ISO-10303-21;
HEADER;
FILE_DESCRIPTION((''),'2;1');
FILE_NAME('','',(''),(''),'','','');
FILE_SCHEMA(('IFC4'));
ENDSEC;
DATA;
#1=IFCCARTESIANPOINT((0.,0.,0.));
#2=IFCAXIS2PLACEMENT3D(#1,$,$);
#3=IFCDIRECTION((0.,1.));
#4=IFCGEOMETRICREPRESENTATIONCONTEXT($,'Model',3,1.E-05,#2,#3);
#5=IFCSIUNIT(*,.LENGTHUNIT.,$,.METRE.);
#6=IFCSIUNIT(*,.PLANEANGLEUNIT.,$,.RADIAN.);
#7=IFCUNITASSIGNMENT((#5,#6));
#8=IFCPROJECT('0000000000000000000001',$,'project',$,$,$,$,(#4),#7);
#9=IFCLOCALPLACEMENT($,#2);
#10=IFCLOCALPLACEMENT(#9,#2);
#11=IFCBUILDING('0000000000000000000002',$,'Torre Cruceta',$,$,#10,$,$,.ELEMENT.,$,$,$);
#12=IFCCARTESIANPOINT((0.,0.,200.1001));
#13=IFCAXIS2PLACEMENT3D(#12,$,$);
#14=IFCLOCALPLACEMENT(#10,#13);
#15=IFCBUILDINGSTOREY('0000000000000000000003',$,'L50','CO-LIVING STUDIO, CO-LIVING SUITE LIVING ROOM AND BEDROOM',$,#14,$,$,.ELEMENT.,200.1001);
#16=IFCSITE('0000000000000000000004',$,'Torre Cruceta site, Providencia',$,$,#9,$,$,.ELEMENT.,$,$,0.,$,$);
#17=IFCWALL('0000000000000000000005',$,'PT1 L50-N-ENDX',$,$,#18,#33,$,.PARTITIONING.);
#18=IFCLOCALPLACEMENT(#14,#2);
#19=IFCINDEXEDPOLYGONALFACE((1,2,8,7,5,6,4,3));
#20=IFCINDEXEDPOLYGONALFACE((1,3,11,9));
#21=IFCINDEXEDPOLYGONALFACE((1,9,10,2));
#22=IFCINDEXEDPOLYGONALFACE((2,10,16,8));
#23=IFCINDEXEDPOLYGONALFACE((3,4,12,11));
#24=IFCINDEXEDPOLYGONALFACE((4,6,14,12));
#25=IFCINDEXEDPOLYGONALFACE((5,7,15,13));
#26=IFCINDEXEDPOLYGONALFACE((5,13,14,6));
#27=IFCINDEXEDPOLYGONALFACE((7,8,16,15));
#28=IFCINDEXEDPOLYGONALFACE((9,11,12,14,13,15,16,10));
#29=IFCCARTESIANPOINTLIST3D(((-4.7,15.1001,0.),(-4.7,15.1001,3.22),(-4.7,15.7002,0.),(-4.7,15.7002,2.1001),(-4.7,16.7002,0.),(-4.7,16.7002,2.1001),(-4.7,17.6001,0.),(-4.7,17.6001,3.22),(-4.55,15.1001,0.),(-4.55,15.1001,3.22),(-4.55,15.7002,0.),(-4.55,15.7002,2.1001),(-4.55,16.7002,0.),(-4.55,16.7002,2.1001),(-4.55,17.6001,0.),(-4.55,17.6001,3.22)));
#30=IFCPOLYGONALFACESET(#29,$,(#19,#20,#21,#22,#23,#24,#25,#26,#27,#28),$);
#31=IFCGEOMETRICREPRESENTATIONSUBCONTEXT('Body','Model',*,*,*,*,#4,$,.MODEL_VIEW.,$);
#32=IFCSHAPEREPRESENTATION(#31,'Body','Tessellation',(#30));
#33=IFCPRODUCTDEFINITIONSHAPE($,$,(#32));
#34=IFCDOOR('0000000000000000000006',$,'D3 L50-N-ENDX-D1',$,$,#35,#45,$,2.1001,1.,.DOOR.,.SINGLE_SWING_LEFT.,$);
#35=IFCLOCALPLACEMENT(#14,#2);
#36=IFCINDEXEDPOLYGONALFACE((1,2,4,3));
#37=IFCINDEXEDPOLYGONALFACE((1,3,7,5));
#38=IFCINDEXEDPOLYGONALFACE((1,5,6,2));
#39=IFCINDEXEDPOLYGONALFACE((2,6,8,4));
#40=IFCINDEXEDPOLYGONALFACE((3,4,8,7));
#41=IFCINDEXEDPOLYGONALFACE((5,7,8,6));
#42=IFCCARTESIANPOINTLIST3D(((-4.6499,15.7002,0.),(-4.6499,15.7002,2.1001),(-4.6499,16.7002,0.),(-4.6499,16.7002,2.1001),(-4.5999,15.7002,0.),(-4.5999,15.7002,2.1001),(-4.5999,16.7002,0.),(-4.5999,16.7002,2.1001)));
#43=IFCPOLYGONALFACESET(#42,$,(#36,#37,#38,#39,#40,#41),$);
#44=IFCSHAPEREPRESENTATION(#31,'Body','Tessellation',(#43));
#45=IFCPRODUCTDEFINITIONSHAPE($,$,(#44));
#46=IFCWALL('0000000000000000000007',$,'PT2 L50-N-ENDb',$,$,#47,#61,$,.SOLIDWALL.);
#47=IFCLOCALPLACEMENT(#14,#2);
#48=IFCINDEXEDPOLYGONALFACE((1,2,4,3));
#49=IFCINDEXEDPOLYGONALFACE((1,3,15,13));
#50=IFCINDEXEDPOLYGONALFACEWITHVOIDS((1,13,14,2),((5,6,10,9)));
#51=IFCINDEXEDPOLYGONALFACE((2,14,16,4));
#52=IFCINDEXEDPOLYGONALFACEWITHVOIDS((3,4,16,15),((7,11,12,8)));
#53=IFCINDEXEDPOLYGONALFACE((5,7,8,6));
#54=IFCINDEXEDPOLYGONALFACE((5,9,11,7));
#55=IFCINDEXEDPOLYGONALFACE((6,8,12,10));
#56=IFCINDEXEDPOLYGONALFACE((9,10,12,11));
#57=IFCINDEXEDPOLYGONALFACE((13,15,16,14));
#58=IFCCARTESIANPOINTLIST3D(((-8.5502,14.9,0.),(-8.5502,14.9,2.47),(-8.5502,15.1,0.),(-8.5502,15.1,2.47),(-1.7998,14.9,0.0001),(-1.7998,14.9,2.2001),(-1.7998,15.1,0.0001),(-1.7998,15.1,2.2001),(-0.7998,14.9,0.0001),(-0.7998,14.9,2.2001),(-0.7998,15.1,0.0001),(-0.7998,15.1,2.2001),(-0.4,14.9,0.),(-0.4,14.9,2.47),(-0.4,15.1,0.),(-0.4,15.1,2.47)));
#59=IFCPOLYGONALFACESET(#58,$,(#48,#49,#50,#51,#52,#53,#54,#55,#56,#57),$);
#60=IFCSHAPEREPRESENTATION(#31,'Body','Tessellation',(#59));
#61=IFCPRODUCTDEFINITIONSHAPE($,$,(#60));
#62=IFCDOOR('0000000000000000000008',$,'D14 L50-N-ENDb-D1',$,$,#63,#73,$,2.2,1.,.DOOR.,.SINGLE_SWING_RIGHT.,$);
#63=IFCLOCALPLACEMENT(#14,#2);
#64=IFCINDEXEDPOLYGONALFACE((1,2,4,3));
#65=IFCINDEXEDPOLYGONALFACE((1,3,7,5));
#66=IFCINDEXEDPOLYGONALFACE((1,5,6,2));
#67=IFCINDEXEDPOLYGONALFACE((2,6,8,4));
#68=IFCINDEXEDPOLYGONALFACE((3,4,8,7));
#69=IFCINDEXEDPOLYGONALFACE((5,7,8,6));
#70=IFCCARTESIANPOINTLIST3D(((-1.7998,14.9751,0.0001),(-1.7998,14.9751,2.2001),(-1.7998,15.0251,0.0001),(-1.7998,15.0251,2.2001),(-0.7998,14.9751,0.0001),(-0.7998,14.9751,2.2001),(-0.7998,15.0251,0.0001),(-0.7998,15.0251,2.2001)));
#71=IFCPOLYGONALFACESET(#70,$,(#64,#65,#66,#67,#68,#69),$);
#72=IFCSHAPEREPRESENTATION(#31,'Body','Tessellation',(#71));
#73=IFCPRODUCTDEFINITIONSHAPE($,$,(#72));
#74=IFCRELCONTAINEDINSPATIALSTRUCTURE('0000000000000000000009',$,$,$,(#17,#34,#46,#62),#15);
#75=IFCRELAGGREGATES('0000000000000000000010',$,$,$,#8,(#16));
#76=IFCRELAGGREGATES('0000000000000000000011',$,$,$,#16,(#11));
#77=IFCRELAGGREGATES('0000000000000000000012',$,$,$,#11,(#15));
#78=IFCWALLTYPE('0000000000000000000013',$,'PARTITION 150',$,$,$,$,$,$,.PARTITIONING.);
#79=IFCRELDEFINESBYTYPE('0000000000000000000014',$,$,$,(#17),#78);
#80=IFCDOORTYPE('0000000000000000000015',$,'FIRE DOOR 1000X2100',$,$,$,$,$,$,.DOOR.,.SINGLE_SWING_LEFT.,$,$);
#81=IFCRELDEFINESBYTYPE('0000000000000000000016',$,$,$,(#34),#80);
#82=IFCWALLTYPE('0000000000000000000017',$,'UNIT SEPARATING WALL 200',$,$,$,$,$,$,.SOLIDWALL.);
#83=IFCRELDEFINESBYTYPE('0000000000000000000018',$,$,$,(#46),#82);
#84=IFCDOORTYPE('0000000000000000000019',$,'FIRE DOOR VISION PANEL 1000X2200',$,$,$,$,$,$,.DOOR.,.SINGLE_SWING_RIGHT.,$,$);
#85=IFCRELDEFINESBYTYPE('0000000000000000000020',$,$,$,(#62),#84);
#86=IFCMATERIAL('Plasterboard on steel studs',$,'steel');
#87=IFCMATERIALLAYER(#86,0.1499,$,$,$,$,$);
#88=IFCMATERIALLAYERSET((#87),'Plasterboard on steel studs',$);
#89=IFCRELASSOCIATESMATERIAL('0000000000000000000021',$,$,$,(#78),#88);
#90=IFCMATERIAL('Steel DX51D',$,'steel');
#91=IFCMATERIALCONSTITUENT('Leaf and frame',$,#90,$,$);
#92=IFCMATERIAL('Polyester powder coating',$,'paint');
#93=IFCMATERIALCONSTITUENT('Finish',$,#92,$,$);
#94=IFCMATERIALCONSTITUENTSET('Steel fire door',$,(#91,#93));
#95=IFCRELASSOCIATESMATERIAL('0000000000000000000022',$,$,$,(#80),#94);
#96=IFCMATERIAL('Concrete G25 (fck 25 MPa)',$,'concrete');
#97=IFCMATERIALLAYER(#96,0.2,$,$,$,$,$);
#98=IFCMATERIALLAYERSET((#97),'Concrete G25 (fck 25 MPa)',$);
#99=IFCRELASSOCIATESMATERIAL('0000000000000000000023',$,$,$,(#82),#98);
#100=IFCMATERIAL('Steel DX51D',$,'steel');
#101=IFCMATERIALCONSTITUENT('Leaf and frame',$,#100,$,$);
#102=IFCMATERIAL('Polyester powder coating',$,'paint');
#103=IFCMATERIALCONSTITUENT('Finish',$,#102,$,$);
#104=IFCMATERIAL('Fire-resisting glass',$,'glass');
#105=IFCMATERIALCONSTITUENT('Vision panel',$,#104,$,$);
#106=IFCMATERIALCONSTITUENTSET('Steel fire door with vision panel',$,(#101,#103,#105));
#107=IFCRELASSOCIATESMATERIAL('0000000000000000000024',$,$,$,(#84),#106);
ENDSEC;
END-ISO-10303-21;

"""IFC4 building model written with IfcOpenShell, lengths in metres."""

from ifc_helpers import new_model, si_unit, direction, frame, frame_2d, origin, place, context, subcontext, project, spatial, rectangle, extrude, material, layer, layer_set, constituent, constituent_set, type_object, element, fill, save


model = new_model("IFC4")

# Units and contexts
model_context = context("Model", 3, precision=1e-05, world=origin(), true_north=direction((0.0, 1.0)))
body_context = subcontext(model_context, "Body", "Model", "MODEL_VIEW")
ifc_project = project(units=[si_unit("LENGTHUNIT", "METRE"), si_unit("PLANEANGLEUNIT", "RADIAN")], contexts=[model_context])

# Site, building, storey
site_placement = place(None, origin())
site = spatial("IfcSite", under=ifc_project, at=site_placement, Name="Torre Cruceta site, Providencia", CompositionType="ELEMENT", RefElevation=0.0)
building_placement = place(site_placement, origin())
building = spatial("IfcBuilding", under=site, at=building_placement, Name="Torre Cruceta", CompositionType="ELEMENT")
storey_placement = place(building_placement, frame((0.0, 0.0, 200.1001)))
storey = spatial("IfcBuildingStorey", under=building, at=storey_placement, Name="L50", Description="CO-LIVING STUDIO, CO-LIVING SUITE LIVING ROOM AND BEDROOM", CompositionType="ELEMENT", Elevation=200.1001)

# Walls, openings, doors
ifc_material_1 = material(Name="Plasterboard on steel studs", Category="steel")
ifc_layer_1 = layer(ifc_material_1, 0.1499)
ifc_layer_set_1 = layer_set([ifc_layer_1], Name="Plasterboard on steel studs")
wall_type_1 = type_object("IfcWallType", Name="PARTITION 150", PredefinedType="PARTITIONING", material=ifc_layer_set_1)
wall_1_placement = place(storey_placement, frame((-4.625, 15.1001, 0.0), z_axis=(0.0, 0.0, 1.0), x_axis=(0.0, 1.0, 0.0)))
wall_1 = element("IfcWall", 1, at=wall_1_placement, inside=storey, type_object=wall_type_1, Name="PT1 L50-N-ENDX", PredefinedType="PARTITIONING", context=body_context, shape_type="SweptSolid", body=[
    extrude(rectangle(XDim=2.5, YDim=0.1499, at=frame_2d((1.25, 0.0))), origin(), (0.0, 0.0, 1.0), 3.22),
])
opening_1_placement = place(wall_1_placement, frame((0.6001, 0.0, 0.0)))
opening_1 = element("IfcOpeningElement", 2, at=opening_1_placement, cuts=wall_1, PredefinedType="OPENING", context=body_context, shape_type="SweptSolid", body=[
    extrude(rectangle(XDim=1.0, YDim=2.1001, at=frame_2d((0.5, 1.05))), frame((0.0, 0.085, 0.0), z_axis=(0.0, -1.0, 0.0), x_axis=(1.0, 0.0, 0.0)), (0.0, 0.0, 1.0), 0.1699),
])
ifc_material_2 = material(Name="Steel DX51D", Category="steel")
ifc_constituent_1 = constituent(ifc_material_2, Name="Leaf and frame")
ifc_material_3 = material(Name="Polyester powder coating", Category="paint")
ifc_constituent_2 = constituent(ifc_material_3, Name="Finish")
ifc_constituent_set_1 = constituent_set(constituents=[ifc_constituent_1, ifc_constituent_2], Name="Steel fire door")
door_type_1 = type_object("IfcDoorType", Name="FIRE DOOR 1000X2100", OperationType="SINGLE_SWING_LEFT", PredefinedType="DOOR", material=ifc_constituent_set_1)
door_1_placement = place(opening_1_placement, origin())
door_1 = element("IfcDoor", 3, at=door_1_placement, inside=storey, type_object=door_type_1, Name="D3 L50-N-ENDX-D1", OperationType="SINGLE_SWING_LEFT", OverallHeight=2.1001, OverallWidth=1.0, PredefinedType="DOOR", context=body_context, shape_type="SweptSolid", body=[
    extrude(rectangle(XDim=1.0, YDim=2.1001, at=frame_2d((0.5, 1.05))), frame((0.0, 0.0249, 0.0), z_axis=(0.0, -1.0, 0.0), x_axis=(1.0, 0.0, 0.0)), (0.0, 0.0, 1.0), 0.05),
])
fill(opening_1, door_1)
ifc_material_4 = material(Name="Concrete G25 (fck 25 MPa)", Category="concrete")
ifc_layer_2 = layer(ifc_material_4, 0.2)
ifc_layer_set_2 = layer_set([ifc_layer_2], Name="Concrete G25 (fck 25 MPa)")
wall_type_2 = type_object("IfcWallType", Name="UNIT SEPARATING WALL 200", PredefinedType="SOLIDWALL", material=ifc_layer_set_2)
wall_2_placement = place(storey_placement, frame((-0.3999, 15.0, 0.0), z_axis=(0.0, 0.0, 1.0), x_axis=(-1.0, 0.0, 0.0)))
wall_2 = element("IfcWall", 4, at=wall_2_placement, inside=storey, type_object=wall_type_2, Name="PT2 L50-N-ENDb", PredefinedType="SOLIDWALL", context=body_context, shape_type="SweptSolid", body=[
    extrude(rectangle(XDim=8.1501, YDim=0.2, at=frame_2d((4.0752, 0.0))), origin(), (0.0, 0.0, 1.0), 2.47),
])
opening_2_placement = place(wall_2_placement, frame((0.3999, 0.0, 0.0)))
opening_2 = element("IfcOpeningElement", 5, at=opening_2_placement, cuts=wall_2, PredefinedType="OPENING", context=body_context, shape_type="SweptSolid", body=[
    extrude(rectangle(XDim=1.0, YDim=2.2, at=frame_2d((0.5, 1.1001))), frame((0.0, 0.1099, 0.0), z_axis=(0.0, -1.0, 0.0), x_axis=(1.0, 0.0, 0.0)), (0.0, 0.0, 1.0), 0.22),
])
ifc_material_5 = material(Name="Steel DX51D", Category="steel")
ifc_constituent_3 = constituent(ifc_material_5, Name="Leaf and frame")
ifc_material_6 = material(Name="Polyester powder coating", Category="paint")
ifc_constituent_4 = constituent(ifc_material_6, Name="Finish")
ifc_material_7 = material(Name="Fire-resisting glass", Category="glass")
ifc_constituent_5 = constituent(ifc_material_7, Name="Vision panel")
ifc_constituent_set_2 = constituent_set(constituents=[ifc_constituent_3, ifc_constituent_4, ifc_constituent_5], Name="Steel fire door with vision panel")
door_type_2 = type_object("IfcDoorType", Name="FIRE DOOR VISION PANEL 1000X2200", OperationType="SINGLE_SWING_RIGHT", PredefinedType="DOOR", material=ifc_constituent_set_2)
door_2_placement = place(opening_2_placement, frame((1.0, 0.0, 0.0), z_axis=(0.0, 0.0, 1.0), x_axis=(-1.0, 0.0, 0.0)))
door_2 = element("IfcDoor", 6, at=door_2_placement, inside=storey, type_object=door_type_2, Name="D14 L50-N-ENDb-D1", OperationType="SINGLE_SWING_RIGHT", OverallHeight=2.2, OverallWidth=1.0, PredefinedType="DOOR", context=body_context, shape_type="SweptSolid", body=[
    extrude(rectangle(XDim=1.0, YDim=2.2, at=frame_2d((0.5, 1.1001))), frame((0.0, 0.0251, 0.0), z_axis=(0.0, -1.0, 0.0), x_axis=(1.0, 0.0, 0.0)), (0.0, 0.0, 1.0), 0.05),
])
fill(opening_2, door_2)

save(model, "model.ifc")
